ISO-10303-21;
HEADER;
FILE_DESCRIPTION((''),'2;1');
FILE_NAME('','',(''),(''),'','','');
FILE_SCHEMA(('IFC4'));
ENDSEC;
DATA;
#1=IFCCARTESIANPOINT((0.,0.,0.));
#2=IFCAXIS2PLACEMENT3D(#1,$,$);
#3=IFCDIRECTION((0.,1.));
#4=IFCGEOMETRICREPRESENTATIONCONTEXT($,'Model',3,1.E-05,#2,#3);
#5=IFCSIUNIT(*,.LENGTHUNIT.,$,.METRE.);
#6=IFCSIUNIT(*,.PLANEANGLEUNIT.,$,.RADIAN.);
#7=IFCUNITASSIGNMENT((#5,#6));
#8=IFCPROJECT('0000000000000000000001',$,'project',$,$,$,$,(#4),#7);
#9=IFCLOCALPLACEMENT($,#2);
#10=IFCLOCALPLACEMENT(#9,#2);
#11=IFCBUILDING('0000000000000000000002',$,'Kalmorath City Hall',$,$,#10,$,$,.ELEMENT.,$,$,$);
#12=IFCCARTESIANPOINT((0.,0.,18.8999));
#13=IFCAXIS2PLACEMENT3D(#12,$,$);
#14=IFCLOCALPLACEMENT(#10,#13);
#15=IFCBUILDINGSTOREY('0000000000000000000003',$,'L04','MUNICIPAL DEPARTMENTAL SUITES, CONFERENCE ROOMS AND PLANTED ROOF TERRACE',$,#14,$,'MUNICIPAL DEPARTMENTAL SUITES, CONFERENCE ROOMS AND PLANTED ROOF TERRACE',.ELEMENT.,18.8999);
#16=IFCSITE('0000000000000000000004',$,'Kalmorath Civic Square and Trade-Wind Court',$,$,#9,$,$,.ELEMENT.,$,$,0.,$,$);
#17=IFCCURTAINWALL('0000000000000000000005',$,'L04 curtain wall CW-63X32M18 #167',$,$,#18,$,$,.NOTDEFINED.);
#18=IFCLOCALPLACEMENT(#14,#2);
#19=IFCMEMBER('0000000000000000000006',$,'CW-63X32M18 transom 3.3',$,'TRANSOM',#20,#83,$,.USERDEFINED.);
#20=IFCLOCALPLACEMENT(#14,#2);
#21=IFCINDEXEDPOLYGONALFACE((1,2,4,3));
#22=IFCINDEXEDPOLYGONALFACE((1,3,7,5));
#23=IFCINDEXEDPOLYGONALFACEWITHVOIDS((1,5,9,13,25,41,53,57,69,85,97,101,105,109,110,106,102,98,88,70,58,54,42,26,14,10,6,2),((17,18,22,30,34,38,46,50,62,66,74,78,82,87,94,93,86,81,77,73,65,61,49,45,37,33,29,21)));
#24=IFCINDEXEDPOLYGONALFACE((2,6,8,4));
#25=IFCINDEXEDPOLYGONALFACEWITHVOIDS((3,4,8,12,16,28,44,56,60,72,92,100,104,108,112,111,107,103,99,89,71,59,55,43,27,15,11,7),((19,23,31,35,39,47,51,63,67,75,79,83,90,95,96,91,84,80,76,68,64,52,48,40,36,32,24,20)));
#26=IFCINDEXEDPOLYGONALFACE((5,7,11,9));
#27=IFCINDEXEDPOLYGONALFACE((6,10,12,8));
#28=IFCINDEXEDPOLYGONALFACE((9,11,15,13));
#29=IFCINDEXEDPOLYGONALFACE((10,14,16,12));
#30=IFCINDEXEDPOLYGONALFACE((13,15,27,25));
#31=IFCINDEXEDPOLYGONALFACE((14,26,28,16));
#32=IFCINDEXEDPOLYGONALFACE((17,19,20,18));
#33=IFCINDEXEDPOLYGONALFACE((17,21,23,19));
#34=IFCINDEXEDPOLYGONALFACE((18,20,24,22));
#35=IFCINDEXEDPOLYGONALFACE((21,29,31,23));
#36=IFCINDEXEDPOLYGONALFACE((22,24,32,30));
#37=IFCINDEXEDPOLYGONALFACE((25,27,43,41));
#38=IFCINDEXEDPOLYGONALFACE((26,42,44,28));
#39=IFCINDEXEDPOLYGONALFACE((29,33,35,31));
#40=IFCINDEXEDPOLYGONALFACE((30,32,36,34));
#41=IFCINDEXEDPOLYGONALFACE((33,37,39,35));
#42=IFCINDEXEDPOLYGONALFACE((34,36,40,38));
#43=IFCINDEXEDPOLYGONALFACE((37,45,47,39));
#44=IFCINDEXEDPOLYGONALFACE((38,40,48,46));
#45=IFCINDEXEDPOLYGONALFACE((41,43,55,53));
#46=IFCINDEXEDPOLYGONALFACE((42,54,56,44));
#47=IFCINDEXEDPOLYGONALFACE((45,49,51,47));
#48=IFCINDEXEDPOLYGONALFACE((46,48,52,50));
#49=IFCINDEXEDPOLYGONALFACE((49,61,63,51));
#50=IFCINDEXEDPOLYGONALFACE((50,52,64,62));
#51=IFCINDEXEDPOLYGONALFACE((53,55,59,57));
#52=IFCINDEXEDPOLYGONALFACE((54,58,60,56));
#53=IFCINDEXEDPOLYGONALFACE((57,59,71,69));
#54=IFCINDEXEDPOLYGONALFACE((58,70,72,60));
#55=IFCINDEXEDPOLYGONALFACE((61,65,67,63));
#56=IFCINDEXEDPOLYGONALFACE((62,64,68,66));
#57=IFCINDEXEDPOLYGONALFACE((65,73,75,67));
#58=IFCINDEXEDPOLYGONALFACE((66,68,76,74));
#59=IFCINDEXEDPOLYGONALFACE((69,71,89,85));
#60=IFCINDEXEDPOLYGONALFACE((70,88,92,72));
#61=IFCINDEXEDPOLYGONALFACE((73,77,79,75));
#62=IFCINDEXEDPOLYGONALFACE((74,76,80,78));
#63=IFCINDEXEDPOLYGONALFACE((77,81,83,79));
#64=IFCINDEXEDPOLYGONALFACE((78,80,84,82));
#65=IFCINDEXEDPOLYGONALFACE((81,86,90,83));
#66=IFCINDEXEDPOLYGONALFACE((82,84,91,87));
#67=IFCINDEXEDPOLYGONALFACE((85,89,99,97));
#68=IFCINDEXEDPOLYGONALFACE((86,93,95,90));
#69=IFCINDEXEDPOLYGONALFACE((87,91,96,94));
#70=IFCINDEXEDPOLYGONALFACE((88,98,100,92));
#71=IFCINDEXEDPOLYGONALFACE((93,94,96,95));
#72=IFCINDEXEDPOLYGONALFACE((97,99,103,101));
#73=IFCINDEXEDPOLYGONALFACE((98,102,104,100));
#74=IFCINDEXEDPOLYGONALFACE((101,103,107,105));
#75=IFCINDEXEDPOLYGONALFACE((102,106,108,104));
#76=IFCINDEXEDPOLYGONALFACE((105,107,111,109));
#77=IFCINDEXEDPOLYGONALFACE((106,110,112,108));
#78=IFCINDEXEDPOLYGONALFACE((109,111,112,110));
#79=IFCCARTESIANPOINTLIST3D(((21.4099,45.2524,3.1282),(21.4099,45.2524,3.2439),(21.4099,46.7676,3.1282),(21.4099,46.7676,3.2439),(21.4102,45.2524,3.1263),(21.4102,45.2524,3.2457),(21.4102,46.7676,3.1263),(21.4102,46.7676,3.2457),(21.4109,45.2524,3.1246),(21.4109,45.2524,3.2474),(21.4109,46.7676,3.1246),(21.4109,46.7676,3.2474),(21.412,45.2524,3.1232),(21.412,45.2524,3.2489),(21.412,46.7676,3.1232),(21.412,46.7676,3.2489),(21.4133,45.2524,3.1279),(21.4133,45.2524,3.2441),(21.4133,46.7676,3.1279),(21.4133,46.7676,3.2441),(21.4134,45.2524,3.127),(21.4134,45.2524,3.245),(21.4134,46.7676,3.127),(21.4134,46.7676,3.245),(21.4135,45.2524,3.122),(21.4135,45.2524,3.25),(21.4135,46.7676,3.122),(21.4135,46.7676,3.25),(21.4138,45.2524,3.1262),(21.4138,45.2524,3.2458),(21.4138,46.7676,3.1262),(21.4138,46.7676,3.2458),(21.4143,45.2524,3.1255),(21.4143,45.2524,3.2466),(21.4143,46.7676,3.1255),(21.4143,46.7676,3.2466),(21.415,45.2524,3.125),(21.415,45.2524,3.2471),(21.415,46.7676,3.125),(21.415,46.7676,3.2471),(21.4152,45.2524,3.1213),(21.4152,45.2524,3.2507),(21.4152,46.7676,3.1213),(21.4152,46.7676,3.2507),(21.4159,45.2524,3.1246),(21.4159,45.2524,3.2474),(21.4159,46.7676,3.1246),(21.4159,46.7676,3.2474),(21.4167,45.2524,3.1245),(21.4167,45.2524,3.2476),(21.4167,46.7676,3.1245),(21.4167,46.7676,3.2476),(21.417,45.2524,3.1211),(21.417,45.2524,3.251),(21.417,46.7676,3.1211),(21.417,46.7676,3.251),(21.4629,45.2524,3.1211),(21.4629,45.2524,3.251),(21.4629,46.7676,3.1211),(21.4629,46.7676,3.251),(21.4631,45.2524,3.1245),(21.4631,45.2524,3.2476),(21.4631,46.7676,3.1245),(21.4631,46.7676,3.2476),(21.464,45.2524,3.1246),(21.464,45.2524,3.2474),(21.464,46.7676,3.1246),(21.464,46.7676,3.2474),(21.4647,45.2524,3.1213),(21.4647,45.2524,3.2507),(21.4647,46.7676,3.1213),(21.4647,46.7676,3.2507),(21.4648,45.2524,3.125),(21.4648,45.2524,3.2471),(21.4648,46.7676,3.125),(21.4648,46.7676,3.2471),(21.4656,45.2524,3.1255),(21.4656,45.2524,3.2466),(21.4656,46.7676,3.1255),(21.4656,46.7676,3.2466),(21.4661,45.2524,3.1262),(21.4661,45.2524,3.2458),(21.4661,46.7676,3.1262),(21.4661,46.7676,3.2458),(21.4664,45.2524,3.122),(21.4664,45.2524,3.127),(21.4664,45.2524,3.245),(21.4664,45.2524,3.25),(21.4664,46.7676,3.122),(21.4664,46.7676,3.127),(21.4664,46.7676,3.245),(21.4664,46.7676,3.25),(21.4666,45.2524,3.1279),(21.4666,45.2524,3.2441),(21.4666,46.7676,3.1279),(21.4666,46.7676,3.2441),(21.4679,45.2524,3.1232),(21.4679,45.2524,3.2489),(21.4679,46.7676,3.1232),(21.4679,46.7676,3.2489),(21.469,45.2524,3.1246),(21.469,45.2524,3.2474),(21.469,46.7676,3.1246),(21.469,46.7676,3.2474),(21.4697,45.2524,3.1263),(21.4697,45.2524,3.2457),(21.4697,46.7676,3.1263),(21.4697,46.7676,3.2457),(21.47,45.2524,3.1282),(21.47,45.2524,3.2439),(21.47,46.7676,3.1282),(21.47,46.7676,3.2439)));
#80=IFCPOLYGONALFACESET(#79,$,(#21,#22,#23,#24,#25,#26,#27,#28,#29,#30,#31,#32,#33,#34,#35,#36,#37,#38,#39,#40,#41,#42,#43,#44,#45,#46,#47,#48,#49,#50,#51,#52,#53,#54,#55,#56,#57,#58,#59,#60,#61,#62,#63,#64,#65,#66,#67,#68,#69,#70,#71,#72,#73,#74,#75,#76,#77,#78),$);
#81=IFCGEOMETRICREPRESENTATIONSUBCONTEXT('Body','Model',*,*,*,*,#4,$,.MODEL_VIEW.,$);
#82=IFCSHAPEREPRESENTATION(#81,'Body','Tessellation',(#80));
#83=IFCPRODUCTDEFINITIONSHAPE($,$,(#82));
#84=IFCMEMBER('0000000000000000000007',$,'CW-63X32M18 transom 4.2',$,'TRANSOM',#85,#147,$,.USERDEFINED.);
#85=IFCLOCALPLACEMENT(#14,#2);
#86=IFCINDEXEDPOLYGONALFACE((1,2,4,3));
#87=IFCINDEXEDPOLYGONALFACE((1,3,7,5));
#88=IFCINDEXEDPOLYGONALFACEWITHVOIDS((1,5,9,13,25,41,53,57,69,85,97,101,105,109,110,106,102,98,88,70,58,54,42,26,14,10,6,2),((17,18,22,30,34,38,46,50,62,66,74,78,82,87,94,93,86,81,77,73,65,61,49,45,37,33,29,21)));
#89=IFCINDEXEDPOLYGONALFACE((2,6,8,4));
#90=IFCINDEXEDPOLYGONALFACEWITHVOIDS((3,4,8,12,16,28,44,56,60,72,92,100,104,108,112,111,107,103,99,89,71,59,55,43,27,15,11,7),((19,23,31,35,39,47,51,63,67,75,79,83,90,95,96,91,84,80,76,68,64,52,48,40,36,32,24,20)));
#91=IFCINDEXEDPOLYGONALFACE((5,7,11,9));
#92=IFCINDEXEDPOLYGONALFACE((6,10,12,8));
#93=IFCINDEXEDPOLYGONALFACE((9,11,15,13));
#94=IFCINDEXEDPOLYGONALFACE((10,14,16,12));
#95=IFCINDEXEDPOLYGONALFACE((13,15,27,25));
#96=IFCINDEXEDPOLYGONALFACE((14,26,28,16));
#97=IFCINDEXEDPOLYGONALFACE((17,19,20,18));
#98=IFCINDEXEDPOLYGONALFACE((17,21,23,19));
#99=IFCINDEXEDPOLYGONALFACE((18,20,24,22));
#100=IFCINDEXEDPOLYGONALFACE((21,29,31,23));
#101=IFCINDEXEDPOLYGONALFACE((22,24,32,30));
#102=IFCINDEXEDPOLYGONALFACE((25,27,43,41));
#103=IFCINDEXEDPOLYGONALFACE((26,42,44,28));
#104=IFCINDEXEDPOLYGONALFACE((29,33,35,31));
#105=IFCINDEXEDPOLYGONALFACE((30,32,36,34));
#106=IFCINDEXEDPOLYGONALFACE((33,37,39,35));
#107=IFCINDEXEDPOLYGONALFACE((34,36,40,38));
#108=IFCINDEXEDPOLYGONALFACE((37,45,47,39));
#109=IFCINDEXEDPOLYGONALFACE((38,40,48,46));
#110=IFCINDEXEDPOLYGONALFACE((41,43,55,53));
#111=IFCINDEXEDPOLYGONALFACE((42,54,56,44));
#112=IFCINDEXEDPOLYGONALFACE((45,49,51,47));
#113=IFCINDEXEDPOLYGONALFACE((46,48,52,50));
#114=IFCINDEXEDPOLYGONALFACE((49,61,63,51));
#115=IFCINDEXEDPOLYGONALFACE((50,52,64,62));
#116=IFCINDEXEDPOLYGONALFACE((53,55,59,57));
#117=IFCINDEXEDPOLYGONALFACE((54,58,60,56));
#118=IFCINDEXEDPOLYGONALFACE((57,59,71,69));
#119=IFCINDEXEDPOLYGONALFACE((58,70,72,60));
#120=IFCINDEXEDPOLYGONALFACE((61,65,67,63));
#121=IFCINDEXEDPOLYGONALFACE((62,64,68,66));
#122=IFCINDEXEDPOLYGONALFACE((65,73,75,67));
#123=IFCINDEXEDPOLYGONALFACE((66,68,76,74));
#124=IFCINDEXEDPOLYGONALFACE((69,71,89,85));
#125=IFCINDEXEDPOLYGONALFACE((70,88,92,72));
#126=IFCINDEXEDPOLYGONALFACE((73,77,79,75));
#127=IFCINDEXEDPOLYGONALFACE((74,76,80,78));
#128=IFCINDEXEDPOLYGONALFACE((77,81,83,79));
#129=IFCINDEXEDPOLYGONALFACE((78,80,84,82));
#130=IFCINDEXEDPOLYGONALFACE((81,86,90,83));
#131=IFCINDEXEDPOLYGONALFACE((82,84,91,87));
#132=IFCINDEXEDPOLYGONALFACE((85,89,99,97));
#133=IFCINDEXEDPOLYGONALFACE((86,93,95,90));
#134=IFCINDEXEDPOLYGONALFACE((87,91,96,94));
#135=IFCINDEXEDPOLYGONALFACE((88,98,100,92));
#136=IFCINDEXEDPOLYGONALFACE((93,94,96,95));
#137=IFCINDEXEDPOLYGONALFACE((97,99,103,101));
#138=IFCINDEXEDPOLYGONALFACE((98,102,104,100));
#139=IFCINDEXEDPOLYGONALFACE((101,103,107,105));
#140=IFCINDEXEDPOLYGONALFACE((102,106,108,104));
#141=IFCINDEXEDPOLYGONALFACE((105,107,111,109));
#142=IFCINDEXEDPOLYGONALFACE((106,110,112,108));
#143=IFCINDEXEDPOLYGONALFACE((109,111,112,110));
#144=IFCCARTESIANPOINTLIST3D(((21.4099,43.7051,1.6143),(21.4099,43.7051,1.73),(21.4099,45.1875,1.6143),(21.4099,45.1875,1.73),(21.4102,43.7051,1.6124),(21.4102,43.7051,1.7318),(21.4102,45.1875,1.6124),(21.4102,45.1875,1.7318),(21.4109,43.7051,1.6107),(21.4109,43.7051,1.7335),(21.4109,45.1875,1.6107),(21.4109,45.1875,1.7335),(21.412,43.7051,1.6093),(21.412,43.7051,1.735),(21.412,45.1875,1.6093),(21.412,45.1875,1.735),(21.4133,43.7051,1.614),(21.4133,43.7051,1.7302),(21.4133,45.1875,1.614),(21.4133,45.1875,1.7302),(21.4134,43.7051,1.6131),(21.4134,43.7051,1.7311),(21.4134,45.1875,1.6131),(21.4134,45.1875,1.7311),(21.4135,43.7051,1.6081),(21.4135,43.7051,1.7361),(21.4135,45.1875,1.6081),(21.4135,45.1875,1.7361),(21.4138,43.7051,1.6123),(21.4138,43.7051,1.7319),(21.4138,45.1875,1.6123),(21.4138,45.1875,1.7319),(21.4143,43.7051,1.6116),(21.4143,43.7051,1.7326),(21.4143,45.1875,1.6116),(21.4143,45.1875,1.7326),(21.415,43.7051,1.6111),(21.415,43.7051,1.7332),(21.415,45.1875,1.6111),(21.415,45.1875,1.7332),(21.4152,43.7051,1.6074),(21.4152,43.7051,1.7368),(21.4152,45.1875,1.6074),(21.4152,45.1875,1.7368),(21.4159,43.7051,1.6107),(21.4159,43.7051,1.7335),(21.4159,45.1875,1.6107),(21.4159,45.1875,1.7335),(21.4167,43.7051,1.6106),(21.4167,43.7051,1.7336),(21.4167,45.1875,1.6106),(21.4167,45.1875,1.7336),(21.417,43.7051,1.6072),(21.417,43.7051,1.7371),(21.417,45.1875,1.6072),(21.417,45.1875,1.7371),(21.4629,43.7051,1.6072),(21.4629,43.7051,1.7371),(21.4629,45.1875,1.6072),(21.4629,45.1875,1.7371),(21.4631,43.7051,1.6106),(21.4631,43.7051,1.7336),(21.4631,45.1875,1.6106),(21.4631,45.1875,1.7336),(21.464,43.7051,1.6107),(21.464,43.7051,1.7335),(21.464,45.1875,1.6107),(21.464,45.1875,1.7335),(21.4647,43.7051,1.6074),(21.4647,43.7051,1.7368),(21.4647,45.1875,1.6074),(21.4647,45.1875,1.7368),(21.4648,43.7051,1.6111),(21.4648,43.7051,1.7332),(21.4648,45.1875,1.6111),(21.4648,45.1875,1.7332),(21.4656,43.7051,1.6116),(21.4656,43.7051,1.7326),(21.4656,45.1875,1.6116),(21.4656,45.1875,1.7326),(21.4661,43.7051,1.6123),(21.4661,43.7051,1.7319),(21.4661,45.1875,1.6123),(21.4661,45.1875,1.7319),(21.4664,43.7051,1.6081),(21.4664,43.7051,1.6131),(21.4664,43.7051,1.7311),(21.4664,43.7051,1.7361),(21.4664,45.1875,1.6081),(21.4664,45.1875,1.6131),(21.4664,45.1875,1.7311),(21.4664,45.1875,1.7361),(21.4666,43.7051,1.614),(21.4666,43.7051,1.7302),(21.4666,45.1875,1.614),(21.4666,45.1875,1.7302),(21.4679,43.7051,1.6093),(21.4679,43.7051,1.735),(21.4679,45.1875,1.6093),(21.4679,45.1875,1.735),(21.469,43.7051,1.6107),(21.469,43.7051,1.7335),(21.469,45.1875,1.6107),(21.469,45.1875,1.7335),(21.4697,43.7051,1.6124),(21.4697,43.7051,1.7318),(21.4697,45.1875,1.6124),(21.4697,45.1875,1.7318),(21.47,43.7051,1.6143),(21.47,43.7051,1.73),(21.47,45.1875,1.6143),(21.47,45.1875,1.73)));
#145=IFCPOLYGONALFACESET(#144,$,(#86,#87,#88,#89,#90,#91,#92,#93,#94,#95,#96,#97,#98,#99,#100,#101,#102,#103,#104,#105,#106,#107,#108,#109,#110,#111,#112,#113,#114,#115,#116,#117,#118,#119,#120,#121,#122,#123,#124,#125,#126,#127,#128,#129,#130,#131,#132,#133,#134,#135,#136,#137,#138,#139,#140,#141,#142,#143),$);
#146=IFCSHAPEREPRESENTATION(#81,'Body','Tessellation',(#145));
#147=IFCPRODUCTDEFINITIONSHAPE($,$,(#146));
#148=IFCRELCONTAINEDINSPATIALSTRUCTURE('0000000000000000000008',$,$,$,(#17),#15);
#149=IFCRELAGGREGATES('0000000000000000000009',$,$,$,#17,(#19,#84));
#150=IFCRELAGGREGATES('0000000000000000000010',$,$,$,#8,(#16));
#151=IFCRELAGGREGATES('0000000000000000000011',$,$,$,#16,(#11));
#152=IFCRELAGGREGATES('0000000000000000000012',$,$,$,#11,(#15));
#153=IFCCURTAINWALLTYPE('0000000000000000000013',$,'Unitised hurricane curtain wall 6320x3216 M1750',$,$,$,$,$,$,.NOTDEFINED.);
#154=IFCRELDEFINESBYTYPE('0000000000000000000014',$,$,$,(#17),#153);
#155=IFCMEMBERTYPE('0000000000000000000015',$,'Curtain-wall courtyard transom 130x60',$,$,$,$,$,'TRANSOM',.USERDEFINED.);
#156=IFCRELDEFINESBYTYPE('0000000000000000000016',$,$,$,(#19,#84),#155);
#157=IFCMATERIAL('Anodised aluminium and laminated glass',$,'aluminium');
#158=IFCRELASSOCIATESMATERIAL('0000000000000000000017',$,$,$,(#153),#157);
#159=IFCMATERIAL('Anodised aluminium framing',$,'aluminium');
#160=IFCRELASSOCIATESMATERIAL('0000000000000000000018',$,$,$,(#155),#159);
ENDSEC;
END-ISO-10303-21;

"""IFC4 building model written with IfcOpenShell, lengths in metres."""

from ifc_helpers import new_model, si_unit, direction, frame, origin, origin_2d, place, context, subcontext, project, spatial, hollow_rectangle, extrude, material, material_profile, profile_set, type_object, element, aggregate, save


model = new_model("IFC4")

# Units and contexts
model_context = context("Model", 3, precision=1e-05, world=origin(), true_north=direction((0.0, 1.0)))
body_context = subcontext(model_context, "Body", "Model", "MODEL_VIEW")
ifc_project = project(units=[si_unit("LENGTHUNIT", "METRE"), si_unit("PLANEANGLEUNIT", "RADIAN")], contexts=[model_context])

# Site, building, storey
site_placement = place(None, origin())
site = spatial("IfcSite", under=ifc_project, at=site_placement, Name="Kalmorath Civic Square and Trade-Wind Court", CompositionType="ELEMENT", RefElevation=0.0)
building_placement = place(site_placement, origin())
building = spatial("IfcBuilding", under=site, at=building_placement, Name="Kalmorath City Hall", CompositionType="ELEMENT")
storey_placement = place(building_placement, frame((0.0, 0.0, 18.8999)))
storey = spatial("IfcBuildingStorey", under=building, at=storey_placement, Name="L04", Description="MUNICIPAL DEPARTMENTAL SUITES, CONFERENCE ROOMS AND PLANTED ROOF TERRACE", LongName="MUNICIPAL DEPARTMENTAL SUITES, CONFERENCE ROOMS AND PLANTED ROOF TERRACE", CompositionType="ELEMENT", Elevation=18.8999)

# Curtain wall
ifc_material_1 = material(Name="Anodised aluminium and laminated glass", Category="aluminium")
curtain_wall_type = type_object("IfcCurtainWallType", Name="Unitised hurricane curtain wall 6320x3216 M1750", PredefinedType="NOTDEFINED", material=ifc_material_1)
curtain_wall_1_placement = place(storey_placement, origin())
curtain_wall_1 = element("IfcCurtainWall", 1, at=curtain_wall_1_placement, inside=storey, type_object=curtain_wall_type, Name="L04 curtain wall CW-63X32M18 #167", PredefinedType="NOTDEFINED")
ifc_material_2 = material(Name="Anodised aluminium framing", Category="aluminium")
ifc_material_profile_1 = material_profile(ifc_material_2, hollow_rectangle(XDim=0.0601, YDim=0.1299, WallThickness=0.0034, InnerFilletRadius=0.0034, OuterFilletRadius=0.0071, at=origin_2d()), Name="ALU-TRN-130X60X3.5")
ifc_profile_set_1 = profile_set([ifc_material_profile_1], Name="Anodised aluminium framing")
member_type_1 = type_object("IfcMemberType", Name="Curtain-wall courtyard transom 130x60", ElementType="TRANSOM", PredefinedType="USERDEFINED", material=ifc_profile_set_1)

# Members
member_1_placement = place(storey_placement, frame((21.4399, 46.7676, 3.186), z_axis=(0.0, -1.0, 0.0), x_axis=(1.0, 0.0, 0.0)))
member_1 = element("IfcMember", 2, at=member_1_placement, type_object=member_type_1, Name="CW-63X32M18 transom 3.3", ObjectType="TRANSOM", PredefinedType="USERDEFINED", context=body_context, shape_type="SweptSolid", body=[
    extrude(hollow_rectangle(XDim=0.0601, YDim=0.1299, WallThickness=0.0034, InnerFilletRadius=0.0034, OuterFilletRadius=0.0071, at=origin_2d()), origin(), (0.0, 0.0, 1.0), 1.5151),
])
member_2_placement = place(storey_placement, frame((21.4399, 45.1875, 1.6721), z_axis=(0.0, -1.0, 0.0), x_axis=(1.0, 0.0, 0.0)))
member_2 = element("IfcMember", 3, at=member_2_placement, type_object=member_type_1, Name="CW-63X32M18 transom 4.2", ObjectType="TRANSOM", PredefinedType="USERDEFINED", context=body_context, shape_type="SweptSolid", body=[
    extrude(hollow_rectangle(XDim=0.0601, YDim=0.1299, WallThickness=0.0034, InnerFilletRadius=0.0034, OuterFilletRadius=0.0071, at=origin_2d()), origin(), (0.0, 0.0, 1.0), 1.4824),
])

aggregate(curtain_wall_1, [member_1, member_2])

save(model, "model.ifc")
